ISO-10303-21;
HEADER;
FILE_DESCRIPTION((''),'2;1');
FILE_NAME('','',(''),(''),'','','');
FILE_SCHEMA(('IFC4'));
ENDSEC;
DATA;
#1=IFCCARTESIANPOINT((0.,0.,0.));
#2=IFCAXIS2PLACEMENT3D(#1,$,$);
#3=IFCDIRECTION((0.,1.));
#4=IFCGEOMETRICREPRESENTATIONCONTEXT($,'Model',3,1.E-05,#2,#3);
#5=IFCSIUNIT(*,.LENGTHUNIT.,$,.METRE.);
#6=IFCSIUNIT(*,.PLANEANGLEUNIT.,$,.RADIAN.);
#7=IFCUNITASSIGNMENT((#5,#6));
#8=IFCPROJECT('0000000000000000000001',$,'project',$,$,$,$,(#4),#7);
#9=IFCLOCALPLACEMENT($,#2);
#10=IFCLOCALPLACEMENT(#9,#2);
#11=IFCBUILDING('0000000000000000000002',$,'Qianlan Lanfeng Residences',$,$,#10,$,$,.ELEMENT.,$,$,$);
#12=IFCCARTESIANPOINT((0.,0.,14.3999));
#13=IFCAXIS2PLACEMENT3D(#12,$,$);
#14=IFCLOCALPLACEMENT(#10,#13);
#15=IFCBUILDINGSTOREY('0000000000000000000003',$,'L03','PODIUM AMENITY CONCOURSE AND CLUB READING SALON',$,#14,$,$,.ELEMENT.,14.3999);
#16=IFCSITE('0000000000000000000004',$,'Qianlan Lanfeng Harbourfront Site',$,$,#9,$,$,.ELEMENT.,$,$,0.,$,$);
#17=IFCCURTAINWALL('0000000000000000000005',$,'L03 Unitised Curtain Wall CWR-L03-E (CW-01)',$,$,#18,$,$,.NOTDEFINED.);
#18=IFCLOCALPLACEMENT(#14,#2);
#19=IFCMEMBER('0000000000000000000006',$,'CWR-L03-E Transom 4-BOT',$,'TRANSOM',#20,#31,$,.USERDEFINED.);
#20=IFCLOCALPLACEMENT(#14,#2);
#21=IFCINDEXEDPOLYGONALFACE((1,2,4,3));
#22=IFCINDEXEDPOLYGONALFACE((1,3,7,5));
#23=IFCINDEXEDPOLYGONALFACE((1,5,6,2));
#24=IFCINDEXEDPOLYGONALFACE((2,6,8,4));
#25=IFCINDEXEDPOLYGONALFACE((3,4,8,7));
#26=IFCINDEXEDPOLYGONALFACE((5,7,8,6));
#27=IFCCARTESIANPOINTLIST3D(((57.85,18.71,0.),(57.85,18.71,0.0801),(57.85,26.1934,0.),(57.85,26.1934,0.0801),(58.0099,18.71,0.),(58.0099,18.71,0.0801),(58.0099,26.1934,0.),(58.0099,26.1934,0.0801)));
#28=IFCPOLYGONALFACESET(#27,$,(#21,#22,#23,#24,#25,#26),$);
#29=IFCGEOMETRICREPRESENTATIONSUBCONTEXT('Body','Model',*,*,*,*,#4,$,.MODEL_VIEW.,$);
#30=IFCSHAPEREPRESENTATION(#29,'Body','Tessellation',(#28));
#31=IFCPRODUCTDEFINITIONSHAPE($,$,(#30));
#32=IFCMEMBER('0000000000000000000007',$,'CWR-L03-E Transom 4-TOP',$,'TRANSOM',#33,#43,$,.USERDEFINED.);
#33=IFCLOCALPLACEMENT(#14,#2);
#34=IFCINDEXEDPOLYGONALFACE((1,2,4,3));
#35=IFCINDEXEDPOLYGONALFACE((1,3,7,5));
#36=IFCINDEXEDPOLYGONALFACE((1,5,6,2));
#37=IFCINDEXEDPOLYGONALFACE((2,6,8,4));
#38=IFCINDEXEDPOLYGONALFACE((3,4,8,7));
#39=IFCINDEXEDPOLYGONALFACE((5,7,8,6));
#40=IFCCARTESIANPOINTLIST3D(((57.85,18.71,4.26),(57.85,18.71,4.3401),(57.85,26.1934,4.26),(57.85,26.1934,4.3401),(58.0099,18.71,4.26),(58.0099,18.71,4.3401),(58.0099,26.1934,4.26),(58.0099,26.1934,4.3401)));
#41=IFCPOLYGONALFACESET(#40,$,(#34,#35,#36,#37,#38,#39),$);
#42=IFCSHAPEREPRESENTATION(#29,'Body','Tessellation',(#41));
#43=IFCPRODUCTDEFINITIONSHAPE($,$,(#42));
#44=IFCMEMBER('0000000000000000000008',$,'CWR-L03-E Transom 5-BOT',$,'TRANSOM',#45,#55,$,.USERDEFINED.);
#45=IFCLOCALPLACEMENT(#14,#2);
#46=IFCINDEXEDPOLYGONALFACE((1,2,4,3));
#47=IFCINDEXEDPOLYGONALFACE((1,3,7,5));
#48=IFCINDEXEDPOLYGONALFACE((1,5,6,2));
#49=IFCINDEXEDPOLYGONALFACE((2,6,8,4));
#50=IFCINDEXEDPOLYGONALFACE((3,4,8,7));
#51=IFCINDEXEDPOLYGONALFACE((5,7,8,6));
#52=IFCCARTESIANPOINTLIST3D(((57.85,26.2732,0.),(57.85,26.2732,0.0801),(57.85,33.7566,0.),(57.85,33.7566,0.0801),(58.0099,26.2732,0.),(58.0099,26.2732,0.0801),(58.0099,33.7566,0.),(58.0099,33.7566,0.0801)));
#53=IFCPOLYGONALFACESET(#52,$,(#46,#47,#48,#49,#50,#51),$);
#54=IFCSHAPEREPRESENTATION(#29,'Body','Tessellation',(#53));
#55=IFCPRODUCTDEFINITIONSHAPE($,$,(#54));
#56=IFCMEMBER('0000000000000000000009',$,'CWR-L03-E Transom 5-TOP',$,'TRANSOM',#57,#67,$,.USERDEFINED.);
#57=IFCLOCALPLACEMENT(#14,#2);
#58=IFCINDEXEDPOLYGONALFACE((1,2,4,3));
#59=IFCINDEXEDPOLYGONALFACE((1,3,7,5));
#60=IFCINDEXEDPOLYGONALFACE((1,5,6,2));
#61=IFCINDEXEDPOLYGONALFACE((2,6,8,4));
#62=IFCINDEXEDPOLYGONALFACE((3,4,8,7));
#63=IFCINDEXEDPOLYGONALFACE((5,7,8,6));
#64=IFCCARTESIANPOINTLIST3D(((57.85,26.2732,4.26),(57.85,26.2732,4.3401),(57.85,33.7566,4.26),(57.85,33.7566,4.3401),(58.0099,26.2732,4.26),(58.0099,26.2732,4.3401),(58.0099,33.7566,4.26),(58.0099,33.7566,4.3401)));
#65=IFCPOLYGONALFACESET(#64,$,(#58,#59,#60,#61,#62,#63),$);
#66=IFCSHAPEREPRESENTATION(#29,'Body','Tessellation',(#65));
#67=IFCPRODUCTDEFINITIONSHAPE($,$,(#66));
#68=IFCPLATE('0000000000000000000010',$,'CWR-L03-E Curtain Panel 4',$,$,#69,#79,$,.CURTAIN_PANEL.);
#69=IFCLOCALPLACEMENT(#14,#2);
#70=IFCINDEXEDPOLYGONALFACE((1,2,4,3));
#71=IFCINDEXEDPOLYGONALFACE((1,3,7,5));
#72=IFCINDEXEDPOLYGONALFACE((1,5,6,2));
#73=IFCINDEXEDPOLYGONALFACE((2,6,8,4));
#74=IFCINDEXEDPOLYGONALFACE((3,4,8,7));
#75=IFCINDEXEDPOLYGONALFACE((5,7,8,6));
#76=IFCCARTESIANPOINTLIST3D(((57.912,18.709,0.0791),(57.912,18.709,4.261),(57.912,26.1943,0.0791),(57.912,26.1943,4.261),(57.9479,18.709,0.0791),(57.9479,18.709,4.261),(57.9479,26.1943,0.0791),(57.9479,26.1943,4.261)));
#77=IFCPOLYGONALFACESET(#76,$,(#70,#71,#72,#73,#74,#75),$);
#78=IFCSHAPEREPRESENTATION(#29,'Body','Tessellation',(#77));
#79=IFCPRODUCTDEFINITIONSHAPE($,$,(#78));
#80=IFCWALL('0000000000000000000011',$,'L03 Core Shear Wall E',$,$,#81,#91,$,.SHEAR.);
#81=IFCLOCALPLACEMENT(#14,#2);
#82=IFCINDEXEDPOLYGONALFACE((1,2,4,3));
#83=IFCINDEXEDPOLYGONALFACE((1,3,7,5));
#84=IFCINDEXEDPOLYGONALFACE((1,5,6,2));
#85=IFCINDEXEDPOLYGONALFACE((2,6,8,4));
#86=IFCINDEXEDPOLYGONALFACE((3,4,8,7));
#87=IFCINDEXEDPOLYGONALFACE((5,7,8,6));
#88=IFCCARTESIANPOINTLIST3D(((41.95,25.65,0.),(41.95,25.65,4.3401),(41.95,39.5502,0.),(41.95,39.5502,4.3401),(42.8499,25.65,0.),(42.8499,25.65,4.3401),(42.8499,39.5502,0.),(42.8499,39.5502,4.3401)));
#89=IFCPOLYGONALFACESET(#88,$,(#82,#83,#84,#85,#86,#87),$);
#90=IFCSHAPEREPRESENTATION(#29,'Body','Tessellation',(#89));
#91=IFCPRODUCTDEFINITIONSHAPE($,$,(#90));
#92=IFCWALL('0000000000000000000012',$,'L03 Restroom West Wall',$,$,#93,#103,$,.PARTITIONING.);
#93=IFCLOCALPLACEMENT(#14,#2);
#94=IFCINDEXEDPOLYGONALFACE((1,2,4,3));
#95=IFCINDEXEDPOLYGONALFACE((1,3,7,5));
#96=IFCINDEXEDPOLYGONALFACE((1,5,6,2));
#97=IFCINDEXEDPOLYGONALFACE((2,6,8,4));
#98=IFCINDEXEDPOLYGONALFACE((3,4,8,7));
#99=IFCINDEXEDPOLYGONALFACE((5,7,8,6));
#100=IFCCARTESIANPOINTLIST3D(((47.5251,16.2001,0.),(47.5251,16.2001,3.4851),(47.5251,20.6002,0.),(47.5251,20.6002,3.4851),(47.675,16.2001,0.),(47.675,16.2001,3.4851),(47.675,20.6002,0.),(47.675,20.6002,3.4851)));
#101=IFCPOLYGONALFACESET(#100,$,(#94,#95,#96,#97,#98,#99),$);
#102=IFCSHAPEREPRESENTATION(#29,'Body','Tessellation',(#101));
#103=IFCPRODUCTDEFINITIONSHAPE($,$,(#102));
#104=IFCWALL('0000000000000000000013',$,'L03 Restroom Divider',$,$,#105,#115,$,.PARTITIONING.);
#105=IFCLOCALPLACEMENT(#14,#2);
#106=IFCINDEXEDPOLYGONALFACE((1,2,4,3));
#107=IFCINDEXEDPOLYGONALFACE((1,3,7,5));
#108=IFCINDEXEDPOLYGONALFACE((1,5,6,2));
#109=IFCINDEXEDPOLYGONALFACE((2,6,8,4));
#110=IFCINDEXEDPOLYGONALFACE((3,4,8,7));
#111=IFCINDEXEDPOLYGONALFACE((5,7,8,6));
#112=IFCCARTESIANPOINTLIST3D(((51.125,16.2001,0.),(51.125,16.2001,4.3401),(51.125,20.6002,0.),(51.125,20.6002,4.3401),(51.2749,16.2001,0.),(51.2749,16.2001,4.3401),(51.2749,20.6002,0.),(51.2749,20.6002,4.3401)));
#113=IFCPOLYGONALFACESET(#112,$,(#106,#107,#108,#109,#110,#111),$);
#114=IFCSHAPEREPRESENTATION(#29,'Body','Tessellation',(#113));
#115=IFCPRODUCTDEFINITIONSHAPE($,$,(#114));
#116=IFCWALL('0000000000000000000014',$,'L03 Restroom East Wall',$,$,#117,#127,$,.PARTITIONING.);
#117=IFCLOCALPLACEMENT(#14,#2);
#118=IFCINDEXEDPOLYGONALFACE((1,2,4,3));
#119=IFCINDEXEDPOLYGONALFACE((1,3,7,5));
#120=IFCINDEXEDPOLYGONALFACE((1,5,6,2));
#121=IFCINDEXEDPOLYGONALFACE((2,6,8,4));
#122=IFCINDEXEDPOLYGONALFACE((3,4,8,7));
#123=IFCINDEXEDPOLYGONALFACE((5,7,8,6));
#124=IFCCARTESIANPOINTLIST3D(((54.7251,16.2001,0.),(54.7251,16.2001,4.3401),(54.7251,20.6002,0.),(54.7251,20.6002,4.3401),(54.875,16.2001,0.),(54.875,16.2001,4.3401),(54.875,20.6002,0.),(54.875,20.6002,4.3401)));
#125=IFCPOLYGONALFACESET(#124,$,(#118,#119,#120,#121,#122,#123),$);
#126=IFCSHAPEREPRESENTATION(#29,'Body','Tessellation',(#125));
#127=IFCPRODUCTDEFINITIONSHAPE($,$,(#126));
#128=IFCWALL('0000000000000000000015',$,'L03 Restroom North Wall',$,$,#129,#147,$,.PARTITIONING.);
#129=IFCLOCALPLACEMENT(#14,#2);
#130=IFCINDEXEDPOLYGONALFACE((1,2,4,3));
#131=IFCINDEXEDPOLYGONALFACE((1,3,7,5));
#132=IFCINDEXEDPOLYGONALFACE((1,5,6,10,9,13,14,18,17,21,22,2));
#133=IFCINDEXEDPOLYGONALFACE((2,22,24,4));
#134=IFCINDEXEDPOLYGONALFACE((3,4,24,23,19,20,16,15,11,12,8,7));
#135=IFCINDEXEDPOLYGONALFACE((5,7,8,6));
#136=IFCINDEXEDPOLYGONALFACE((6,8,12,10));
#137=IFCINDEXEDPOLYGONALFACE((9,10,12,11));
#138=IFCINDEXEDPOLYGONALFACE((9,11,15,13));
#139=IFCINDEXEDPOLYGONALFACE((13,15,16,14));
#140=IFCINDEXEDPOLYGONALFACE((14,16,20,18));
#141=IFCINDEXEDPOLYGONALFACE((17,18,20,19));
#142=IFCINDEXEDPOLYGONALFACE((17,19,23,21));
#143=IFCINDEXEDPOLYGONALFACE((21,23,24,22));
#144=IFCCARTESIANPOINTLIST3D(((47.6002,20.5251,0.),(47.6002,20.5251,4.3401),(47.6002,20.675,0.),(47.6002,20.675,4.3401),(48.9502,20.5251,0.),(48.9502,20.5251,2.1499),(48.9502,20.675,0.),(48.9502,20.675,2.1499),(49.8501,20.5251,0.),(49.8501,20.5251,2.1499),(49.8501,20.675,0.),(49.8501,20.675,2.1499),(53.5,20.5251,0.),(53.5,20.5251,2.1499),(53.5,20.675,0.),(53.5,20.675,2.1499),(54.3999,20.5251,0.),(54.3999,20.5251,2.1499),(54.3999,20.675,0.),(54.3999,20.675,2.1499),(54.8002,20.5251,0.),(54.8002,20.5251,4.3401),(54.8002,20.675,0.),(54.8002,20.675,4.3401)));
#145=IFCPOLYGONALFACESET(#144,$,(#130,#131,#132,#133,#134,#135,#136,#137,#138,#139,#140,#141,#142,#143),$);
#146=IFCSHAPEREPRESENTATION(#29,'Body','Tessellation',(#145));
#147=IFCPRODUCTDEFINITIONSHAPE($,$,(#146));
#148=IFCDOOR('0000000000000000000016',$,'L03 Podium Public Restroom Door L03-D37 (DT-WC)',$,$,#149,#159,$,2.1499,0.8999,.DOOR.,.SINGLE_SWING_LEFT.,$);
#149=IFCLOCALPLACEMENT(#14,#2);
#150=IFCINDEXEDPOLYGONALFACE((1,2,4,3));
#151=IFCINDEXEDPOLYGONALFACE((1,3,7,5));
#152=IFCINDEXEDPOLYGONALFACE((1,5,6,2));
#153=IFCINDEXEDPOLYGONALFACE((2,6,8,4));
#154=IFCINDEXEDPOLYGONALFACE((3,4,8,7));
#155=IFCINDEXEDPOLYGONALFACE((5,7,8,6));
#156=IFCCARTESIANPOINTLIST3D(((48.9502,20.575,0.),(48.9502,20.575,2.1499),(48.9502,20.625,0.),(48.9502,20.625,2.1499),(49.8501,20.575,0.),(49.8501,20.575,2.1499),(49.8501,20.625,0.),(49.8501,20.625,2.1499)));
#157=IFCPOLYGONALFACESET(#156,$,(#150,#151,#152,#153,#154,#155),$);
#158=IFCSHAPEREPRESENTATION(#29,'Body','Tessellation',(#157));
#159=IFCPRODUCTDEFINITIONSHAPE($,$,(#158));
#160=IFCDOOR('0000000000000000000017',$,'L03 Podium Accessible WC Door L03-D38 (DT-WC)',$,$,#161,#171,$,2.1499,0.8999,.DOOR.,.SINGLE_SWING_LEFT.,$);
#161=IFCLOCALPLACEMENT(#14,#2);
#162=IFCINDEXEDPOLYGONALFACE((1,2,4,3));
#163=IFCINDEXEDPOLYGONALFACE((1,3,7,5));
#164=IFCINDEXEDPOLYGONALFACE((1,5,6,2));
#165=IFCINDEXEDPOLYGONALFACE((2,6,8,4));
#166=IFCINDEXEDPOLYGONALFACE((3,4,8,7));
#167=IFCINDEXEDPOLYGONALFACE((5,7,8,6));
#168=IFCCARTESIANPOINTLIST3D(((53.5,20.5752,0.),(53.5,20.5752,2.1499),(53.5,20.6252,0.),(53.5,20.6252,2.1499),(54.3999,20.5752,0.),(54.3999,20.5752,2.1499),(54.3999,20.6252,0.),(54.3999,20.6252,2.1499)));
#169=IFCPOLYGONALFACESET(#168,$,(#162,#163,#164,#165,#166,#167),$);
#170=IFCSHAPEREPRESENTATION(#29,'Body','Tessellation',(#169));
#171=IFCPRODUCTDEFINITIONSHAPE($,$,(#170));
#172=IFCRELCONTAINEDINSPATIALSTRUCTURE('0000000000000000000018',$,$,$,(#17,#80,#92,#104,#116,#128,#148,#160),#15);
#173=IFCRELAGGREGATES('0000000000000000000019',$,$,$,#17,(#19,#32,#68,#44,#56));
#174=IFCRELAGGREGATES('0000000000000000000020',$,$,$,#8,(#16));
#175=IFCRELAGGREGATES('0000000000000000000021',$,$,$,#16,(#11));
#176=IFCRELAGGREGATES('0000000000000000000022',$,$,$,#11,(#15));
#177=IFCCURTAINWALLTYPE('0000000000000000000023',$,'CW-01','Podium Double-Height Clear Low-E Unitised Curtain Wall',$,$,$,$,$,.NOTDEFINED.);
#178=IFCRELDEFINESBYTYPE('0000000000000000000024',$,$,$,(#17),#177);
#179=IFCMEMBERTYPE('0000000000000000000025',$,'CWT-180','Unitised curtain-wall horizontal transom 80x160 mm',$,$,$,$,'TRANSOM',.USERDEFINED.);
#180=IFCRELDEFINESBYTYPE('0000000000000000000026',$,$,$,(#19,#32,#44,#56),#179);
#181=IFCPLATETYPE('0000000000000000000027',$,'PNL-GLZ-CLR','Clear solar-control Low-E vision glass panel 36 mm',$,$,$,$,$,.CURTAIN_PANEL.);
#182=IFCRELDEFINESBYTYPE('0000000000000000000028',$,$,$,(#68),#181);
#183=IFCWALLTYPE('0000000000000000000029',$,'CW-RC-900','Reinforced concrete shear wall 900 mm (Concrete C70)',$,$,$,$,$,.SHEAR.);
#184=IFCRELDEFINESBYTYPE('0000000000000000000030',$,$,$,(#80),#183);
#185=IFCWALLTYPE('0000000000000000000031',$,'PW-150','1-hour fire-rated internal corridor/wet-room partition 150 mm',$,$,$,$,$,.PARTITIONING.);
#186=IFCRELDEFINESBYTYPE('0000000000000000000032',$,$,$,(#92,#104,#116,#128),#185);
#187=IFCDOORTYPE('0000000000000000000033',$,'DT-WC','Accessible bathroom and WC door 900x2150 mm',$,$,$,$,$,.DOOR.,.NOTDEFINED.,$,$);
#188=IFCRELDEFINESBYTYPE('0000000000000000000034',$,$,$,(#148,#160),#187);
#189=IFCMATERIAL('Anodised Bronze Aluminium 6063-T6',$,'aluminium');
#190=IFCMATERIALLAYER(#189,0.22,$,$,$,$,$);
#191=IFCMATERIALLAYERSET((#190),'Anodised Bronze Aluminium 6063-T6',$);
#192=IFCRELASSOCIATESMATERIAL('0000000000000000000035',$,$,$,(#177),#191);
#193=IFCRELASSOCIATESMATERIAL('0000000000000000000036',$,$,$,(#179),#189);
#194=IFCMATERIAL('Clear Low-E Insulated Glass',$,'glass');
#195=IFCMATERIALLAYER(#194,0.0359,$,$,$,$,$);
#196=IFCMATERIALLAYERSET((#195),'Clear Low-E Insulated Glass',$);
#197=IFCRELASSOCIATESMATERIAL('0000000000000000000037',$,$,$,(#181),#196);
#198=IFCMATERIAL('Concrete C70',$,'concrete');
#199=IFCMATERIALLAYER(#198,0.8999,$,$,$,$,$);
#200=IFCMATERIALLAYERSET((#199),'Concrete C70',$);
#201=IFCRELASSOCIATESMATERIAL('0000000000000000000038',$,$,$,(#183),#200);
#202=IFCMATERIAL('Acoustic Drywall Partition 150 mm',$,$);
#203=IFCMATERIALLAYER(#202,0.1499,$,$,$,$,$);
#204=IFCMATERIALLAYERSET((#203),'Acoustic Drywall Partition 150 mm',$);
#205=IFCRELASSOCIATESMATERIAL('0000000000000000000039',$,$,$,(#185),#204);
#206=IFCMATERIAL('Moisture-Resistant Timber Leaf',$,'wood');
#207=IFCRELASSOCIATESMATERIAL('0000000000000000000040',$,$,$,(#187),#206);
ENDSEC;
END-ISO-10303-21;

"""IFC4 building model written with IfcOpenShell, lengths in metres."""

from ifc_helpers import new_model, si_unit, direction, frame, frame_2d, origin, origin_2d, place, context, subcontext, project, spatial, rectangle, extrude, source, transform, mapped, material, layer, layer_set, material_profile, profile_set, type_object, element, fill, aggregate, save


model = new_model("IFC4")

# Units and contexts
model_context = context("Model", 3, precision=1e-05, world=origin(), true_north=direction((0.0, 1.0)))
body_context = subcontext(model_context, "Body", "Model", "MODEL_VIEW")
ifc_project = project(units=[si_unit("LENGTHUNIT", "METRE"), si_unit("PLANEANGLEUNIT", "RADIAN")], contexts=[model_context])

# Site, building, storey
site_placement = place(None, origin())
site = spatial("IfcSite", under=ifc_project, at=site_placement, Name="Qianlan Lanfeng Harbourfront Site", CompositionType="ELEMENT", RefElevation=0.0)
building_placement = place(site_placement, origin())
building = spatial("IfcBuilding", under=site, at=building_placement, Name="Qianlan Lanfeng Residences", CompositionType="ELEMENT")
storey_placement = place(building_placement, frame((0.0, 0.0, 14.3999)))
storey = spatial("IfcBuildingStorey", under=building, at=storey_placement, Name="L03", Description="PODIUM AMENITY CONCOURSE AND CLUB READING SALON", CompositionType="ELEMENT", Elevation=14.3999)

# Curtain wall, members, plate
ifc_material_1 = material(Name="Anodised Bronze Aluminium 6063-T6", Category="aluminium")
ifc_layer_1 = layer(ifc_material_1, 0.22)
ifc_layer_set_1 = layer_set([ifc_layer_1], Name="Anodised Bronze Aluminium 6063-T6")
curtain_wall_type = type_object("IfcCurtainWallType", Name="CW-01", Description="Podium Double-Height Clear Low-E Unitised Curtain Wall", PredefinedType="NOTDEFINED", material=ifc_layer_set_1)
curtain_wall_placement = place(storey_placement, origin())
curtain_wall = element("IfcCurtainWall", 1, at=curtain_wall_placement, inside=storey, type_object=curtain_wall_type, Name="L03 Unitised Curtain Wall CWR-L03-E (CW-01)", PredefinedType="NOTDEFINED")
ifc_material_profile_1 = material_profile(ifc_material_1, rectangle(XDim=0.0801, YDim=0.1599, at=origin_2d()), Name="ALU TRANSOM 80x160")
ifc_profile_set_1 = profile_set([ifc_material_profile_1], Name="Anodised Bronze Aluminium 6063-T6")
member_type_1 = type_object("IfcMemberType", Name="CWT-180", Description="Unitised curtain-wall horizontal transom 80x160 mm", ElementType="TRANSOM", PredefinedType="USERDEFINED", material=ifc_profile_set_1)
shared_shape_1 = source(origin(), body_context, "Body", "SweptSolid", [
    extrude(rectangle(XDim=0.0801, YDim=0.1599, at=origin_2d()), origin(), (0.0, 0.0, 1.0), 7.4834),
])
member_1_placement = place(storey_placement, frame((57.9299, 18.71, 0.04), z_axis=(0.0, 1.0, 0.0), x_axis=(0.0, 0.0, 1.0)))
member_1 = element("IfcMember", 2, at=member_1_placement, type_object=member_type_1, Name="CWR-L03-E Transom 4-BOT", ObjectType="TRANSOM", PredefinedType="USERDEFINED", context=body_context, shape_type="MappedRepresentation", body=[
    mapped(shared_shape_1, transform((0.0, 0.0, 0.0), scale=1.0)),
])
member_2_placement = place(storey_placement, frame((57.9299, 18.71, 4.3), z_axis=(0.0, 1.0, 0.0), x_axis=(0.0, 0.0, 1.0)))
member_2 = element("IfcMember", 3, at=member_2_placement, type_object=member_type_1, Name="CWR-L03-E Transom 4-TOP", ObjectType="TRANSOM", PredefinedType="USERDEFINED", context=body_context, shape_type="MappedRepresentation", body=[
    mapped(shared_shape_1, transform((0.0, 0.0, 0.0), scale=1.0)),
])
member_3_placement = place(storey_placement, frame((57.9299, 26.2732, 0.04), z_axis=(0.0, 1.0, 0.0), x_axis=(0.0, 0.0, 1.0)))
member_3 = element("IfcMember", 4, at=member_3_placement, type_object=member_type_1, Name="CWR-L03-E Transom 5-BOT", ObjectType="TRANSOM", PredefinedType="USERDEFINED", context=body_context, shape_type="MappedRepresentation", body=[
    mapped(shared_shape_1, transform((0.0, 0.0, 0.0), scale=1.0)),
])
member_4_placement = place(storey_placement, frame((57.9299, 26.2732, 4.3), z_axis=(0.0, 1.0, 0.0), x_axis=(0.0, 0.0, 1.0)))
member_4 = element("IfcMember", 5, at=member_4_placement, type_object=member_type_1, Name="CWR-L03-E Transom 5-TOP", ObjectType="TRANSOM", PredefinedType="USERDEFINED", context=body_context, shape_type="MappedRepresentation", body=[
    mapped(shared_shape_1, transform((0.0, 0.0, 0.0), scale=1.0)),
])
ifc_material_2 = material(Name="Clear Low-E Insulated Glass", Category="glass")
ifc_layer_2 = layer(ifc_material_2, 0.0359)
ifc_layer_set_2 = layer_set([ifc_layer_2], Name="Clear Low-E Insulated Glass")
plate_type = type_object("IfcPlateType", Name="PNL-GLZ-CLR", Description="Clear solar-control Low-E vision glass panel 36 mm", PredefinedType="CURTAIN_PANEL", material=ifc_layer_set_2)
shared_shape_2 = source(origin(), body_context, "Body", "SweptSolid", [
    extrude(rectangle(XDim=7.4854, YDim=0.0359, at=origin_2d()), origin(), (0.0, 0.0, 1.0), 4.1819),
])
plate_placement = place(storey_placement, frame((57.9299, 22.4517, 0.0791), z_axis=(0.0, 0.0, 1.0), x_axis=(0.0, 1.0, 0.0)))
plate = element("IfcPlate", 6, at=plate_placement, type_object=plate_type, Name="CWR-L03-E Curtain Panel 4", PredefinedType="CURTAIN_PANEL", context=body_context, shape_type="MappedRepresentation", body=[
    mapped(shared_shape_2, transform((0.0, 0.0, 0.0), scale=1.0)),
])
aggregate(curtain_wall, [member_1, member_2, plate, member_3, member_4])

# Walls
ifc_material_3 = material(Name="Concrete C70", Category="concrete")
ifc_layer_3 = layer(ifc_material_3, 0.8999)
ifc_layer_set_3 = layer_set([ifc_layer_3], Name="Concrete C70")
wall_type_1 = type_object("IfcWallType", Name="CW-RC-900", Description="Reinforced concrete shear wall 900 mm (Concrete C70)", PredefinedType="SHEAR", material=ifc_layer_set_3)
wall_1_placement = place(storey_placement, frame((42.3999, 25.6499, 0.0), z_axis=(0.0, 0.0, 1.0), x_axis=(0.0, 1.0, 0.0)))
element("IfcWall", 7, at=wall_1_placement, inside=storey, type_object=wall_type_1, Name="L03 Core Shear Wall E", PredefinedType="SHEAR", context=body_context, shape_type="SweptSolid", body=[
    extrude(rectangle(XDim=13.9001, YDim=0.8999, at=frame_2d((6.9502, 0.0))), origin(), (0.0, 0.0, 1.0), 4.3401),
])
ifc_material_4 = material(Name="Acoustic Drywall Partition 150 mm")
ifc_layer_4 = layer(ifc_material_4, 0.1499)
ifc_layer_set_4 = layer_set([ifc_layer_4], Name="Acoustic Drywall Partition 150 mm")
wall_type_2 = type_object("IfcWallType", Name="PW-150", Description="1-hour fire-rated internal corridor/wet-room partition 150 mm", PredefinedType="PARTITIONING", material=ifc_layer_set_4)
wall_2_placement = place(storey_placement, frame((47.6001, 16.2, 0.0), z_axis=(0.0, 0.0, 1.0), x_axis=(0.0, 1.0, 0.0)))
element("IfcWall", 8, at=wall_2_placement, inside=storey, type_object=wall_type_2, Name="L03 Restroom West Wall", PredefinedType="PARTITIONING", context=body_context, shape_type="SweptSolid", body=[
    extrude(rectangle(XDim=4.4001, YDim=0.1499, at=frame_2d((2.2002, 0.0))), origin(), (0.0, 0.0, 1.0), 3.4851),
])
for number, where, z_axis, x_axis, name in (
    (9, (51.2, 16.2, 0.0), (0.0, 0.0, 1.0), (0.0, 1.0, 0.0), "L03 Restroom Divider"),
    (10, (54.8, 16.2, 0.0), (0.0, 0.0, 1.0), (0.0, 1.0, 0.0), "L03 Restroom East Wall"),
):
    element("IfcWall", number, at=place(storey_placement, frame(where, z_axis=z_axis, x_axis=x_axis)), inside=storey, type_object=wall_type_2, Name=name, PredefinedType="PARTITIONING", context=body_context, shape_type="SweptSolid", body=[
        extrude(rectangle(XDim=4.4001, YDim=0.1499, at=frame_2d((2.2002, 0.0))), origin(), (0.0, 0.0, 1.0), 4.3401),
    ])

# Wall, openings, doors
wall_3_placement = place(storey_placement, frame((47.6001, 20.6001, 0.0), z_axis=(0.0, 0.0, 1.0), x_axis=(1.0, 0.0, 0.0)))
wall_3 = element("IfcWall", 11, at=wall_3_placement, inside=storey, type_object=wall_type_2, Name="L03 Restroom North Wall", PredefinedType="PARTITIONING", context=body_context, shape_type="SweptSolid", body=[
    extrude(rectangle(XDim=7.2, YDim=0.1499, at=frame_2d((3.6001, 0.0))), origin(), (0.0, 0.0, 1.0), 4.3401),
])
opening_1_placement = place(wall_3_placement, frame((1.3501, 0.0, 0.0)))
opening_1 = element("IfcOpeningElement", 12, at=opening_1_placement, cuts=wall_3, PredefinedType="OPENING", context=body_context, shape_type="SweptSolid", body=[
    extrude(rectangle(XDim=0.8999, YDim=2.1499, at=frame_2d((0.45, 1.075))), frame((0.0, 0.085, 0.0), z_axis=(0.0, -1.0, 0.0), x_axis=(1.0, 0.0, 0.0)), (0.0, 0.0, 1.0), 0.1699),
])
opening_2_placement = place(wall_3_placement, frame((5.8999, 0.0, 0.0)))
opening_2 = element("IfcOpeningElement", 13, at=opening_2_placement, cuts=wall_3, PredefinedType="OPENING", context=body_context, shape_type="SweptSolid", body=[
    extrude(rectangle(XDim=0.8999, YDim=2.1499, at=frame_2d((0.45, 1.075))), frame((0.0, 0.085, 0.0), z_axis=(0.0, -1.0, 0.0), x_axis=(1.0, 0.0, 0.0)), (0.0, 0.0, 1.0), 0.1699),
])
ifc_material_5 = material(Name="Moisture-Resistant Timber Leaf", Category="wood")
door_type_1 = type_object("IfcDoorType", Name="DT-WC", Description="Accessible bathroom and WC door 900x2150 mm", OperationType="NOTDEFINED", PredefinedType="DOOR", material=ifc_material_5)
door_1_placement = place(opening_1_placement, origin())
door_1 = element("IfcDoor", 14, at=door_1_placement, inside=storey, type_object=door_type_1, Name="L03 Podium Public Restroom Door L03-D37 (DT-WC)", OperationType="SINGLE_SWING_LEFT", OverallHeight=2.1499, OverallWidth=0.8999, PredefinedType="DOOR", context=body_context, shape_type="SweptSolid", body=[
    extrude(rectangle(XDim=0.8999, YDim=2.1499, at=frame_2d((0.45, 1.075))), frame((0.0, 0.0249, 0.0), z_axis=(0.0, -1.0, 0.0), x_axis=(1.0, 0.0, 0.0)), (0.0, 0.0, 1.0), 0.05),
])
fill(opening_1, door_1)
door_2_placement = place(opening_2_placement, frame((0.8999, 0.0, 0.0), z_axis=(0.0, 0.0, 1.0), x_axis=(-1.0, 0.0, 0.0)))
door_2 = element("IfcDoor", 15, at=door_2_placement, inside=storey, type_object=door_type_1, Name="L03 Podium Accessible WC Door L03-D38 (DT-WC)", OperationType="SINGLE_SWING_LEFT", OverallHeight=2.1499, OverallWidth=0.8999, PredefinedType="DOOR", context=body_context, shape_type="SweptSolid", body=[
    extrude(rectangle(XDim=0.8999, YDim=2.1499, at=frame_2d((0.45, 1.075))), frame((0.0, 0.0249, 0.0), z_axis=(0.0, -1.0, 0.0), x_axis=(1.0, 0.0, 0.0)), (0.0, 0.0, 1.0), 0.05),
])
fill(opening_2, door_2)

save(model, "model.ifc")
